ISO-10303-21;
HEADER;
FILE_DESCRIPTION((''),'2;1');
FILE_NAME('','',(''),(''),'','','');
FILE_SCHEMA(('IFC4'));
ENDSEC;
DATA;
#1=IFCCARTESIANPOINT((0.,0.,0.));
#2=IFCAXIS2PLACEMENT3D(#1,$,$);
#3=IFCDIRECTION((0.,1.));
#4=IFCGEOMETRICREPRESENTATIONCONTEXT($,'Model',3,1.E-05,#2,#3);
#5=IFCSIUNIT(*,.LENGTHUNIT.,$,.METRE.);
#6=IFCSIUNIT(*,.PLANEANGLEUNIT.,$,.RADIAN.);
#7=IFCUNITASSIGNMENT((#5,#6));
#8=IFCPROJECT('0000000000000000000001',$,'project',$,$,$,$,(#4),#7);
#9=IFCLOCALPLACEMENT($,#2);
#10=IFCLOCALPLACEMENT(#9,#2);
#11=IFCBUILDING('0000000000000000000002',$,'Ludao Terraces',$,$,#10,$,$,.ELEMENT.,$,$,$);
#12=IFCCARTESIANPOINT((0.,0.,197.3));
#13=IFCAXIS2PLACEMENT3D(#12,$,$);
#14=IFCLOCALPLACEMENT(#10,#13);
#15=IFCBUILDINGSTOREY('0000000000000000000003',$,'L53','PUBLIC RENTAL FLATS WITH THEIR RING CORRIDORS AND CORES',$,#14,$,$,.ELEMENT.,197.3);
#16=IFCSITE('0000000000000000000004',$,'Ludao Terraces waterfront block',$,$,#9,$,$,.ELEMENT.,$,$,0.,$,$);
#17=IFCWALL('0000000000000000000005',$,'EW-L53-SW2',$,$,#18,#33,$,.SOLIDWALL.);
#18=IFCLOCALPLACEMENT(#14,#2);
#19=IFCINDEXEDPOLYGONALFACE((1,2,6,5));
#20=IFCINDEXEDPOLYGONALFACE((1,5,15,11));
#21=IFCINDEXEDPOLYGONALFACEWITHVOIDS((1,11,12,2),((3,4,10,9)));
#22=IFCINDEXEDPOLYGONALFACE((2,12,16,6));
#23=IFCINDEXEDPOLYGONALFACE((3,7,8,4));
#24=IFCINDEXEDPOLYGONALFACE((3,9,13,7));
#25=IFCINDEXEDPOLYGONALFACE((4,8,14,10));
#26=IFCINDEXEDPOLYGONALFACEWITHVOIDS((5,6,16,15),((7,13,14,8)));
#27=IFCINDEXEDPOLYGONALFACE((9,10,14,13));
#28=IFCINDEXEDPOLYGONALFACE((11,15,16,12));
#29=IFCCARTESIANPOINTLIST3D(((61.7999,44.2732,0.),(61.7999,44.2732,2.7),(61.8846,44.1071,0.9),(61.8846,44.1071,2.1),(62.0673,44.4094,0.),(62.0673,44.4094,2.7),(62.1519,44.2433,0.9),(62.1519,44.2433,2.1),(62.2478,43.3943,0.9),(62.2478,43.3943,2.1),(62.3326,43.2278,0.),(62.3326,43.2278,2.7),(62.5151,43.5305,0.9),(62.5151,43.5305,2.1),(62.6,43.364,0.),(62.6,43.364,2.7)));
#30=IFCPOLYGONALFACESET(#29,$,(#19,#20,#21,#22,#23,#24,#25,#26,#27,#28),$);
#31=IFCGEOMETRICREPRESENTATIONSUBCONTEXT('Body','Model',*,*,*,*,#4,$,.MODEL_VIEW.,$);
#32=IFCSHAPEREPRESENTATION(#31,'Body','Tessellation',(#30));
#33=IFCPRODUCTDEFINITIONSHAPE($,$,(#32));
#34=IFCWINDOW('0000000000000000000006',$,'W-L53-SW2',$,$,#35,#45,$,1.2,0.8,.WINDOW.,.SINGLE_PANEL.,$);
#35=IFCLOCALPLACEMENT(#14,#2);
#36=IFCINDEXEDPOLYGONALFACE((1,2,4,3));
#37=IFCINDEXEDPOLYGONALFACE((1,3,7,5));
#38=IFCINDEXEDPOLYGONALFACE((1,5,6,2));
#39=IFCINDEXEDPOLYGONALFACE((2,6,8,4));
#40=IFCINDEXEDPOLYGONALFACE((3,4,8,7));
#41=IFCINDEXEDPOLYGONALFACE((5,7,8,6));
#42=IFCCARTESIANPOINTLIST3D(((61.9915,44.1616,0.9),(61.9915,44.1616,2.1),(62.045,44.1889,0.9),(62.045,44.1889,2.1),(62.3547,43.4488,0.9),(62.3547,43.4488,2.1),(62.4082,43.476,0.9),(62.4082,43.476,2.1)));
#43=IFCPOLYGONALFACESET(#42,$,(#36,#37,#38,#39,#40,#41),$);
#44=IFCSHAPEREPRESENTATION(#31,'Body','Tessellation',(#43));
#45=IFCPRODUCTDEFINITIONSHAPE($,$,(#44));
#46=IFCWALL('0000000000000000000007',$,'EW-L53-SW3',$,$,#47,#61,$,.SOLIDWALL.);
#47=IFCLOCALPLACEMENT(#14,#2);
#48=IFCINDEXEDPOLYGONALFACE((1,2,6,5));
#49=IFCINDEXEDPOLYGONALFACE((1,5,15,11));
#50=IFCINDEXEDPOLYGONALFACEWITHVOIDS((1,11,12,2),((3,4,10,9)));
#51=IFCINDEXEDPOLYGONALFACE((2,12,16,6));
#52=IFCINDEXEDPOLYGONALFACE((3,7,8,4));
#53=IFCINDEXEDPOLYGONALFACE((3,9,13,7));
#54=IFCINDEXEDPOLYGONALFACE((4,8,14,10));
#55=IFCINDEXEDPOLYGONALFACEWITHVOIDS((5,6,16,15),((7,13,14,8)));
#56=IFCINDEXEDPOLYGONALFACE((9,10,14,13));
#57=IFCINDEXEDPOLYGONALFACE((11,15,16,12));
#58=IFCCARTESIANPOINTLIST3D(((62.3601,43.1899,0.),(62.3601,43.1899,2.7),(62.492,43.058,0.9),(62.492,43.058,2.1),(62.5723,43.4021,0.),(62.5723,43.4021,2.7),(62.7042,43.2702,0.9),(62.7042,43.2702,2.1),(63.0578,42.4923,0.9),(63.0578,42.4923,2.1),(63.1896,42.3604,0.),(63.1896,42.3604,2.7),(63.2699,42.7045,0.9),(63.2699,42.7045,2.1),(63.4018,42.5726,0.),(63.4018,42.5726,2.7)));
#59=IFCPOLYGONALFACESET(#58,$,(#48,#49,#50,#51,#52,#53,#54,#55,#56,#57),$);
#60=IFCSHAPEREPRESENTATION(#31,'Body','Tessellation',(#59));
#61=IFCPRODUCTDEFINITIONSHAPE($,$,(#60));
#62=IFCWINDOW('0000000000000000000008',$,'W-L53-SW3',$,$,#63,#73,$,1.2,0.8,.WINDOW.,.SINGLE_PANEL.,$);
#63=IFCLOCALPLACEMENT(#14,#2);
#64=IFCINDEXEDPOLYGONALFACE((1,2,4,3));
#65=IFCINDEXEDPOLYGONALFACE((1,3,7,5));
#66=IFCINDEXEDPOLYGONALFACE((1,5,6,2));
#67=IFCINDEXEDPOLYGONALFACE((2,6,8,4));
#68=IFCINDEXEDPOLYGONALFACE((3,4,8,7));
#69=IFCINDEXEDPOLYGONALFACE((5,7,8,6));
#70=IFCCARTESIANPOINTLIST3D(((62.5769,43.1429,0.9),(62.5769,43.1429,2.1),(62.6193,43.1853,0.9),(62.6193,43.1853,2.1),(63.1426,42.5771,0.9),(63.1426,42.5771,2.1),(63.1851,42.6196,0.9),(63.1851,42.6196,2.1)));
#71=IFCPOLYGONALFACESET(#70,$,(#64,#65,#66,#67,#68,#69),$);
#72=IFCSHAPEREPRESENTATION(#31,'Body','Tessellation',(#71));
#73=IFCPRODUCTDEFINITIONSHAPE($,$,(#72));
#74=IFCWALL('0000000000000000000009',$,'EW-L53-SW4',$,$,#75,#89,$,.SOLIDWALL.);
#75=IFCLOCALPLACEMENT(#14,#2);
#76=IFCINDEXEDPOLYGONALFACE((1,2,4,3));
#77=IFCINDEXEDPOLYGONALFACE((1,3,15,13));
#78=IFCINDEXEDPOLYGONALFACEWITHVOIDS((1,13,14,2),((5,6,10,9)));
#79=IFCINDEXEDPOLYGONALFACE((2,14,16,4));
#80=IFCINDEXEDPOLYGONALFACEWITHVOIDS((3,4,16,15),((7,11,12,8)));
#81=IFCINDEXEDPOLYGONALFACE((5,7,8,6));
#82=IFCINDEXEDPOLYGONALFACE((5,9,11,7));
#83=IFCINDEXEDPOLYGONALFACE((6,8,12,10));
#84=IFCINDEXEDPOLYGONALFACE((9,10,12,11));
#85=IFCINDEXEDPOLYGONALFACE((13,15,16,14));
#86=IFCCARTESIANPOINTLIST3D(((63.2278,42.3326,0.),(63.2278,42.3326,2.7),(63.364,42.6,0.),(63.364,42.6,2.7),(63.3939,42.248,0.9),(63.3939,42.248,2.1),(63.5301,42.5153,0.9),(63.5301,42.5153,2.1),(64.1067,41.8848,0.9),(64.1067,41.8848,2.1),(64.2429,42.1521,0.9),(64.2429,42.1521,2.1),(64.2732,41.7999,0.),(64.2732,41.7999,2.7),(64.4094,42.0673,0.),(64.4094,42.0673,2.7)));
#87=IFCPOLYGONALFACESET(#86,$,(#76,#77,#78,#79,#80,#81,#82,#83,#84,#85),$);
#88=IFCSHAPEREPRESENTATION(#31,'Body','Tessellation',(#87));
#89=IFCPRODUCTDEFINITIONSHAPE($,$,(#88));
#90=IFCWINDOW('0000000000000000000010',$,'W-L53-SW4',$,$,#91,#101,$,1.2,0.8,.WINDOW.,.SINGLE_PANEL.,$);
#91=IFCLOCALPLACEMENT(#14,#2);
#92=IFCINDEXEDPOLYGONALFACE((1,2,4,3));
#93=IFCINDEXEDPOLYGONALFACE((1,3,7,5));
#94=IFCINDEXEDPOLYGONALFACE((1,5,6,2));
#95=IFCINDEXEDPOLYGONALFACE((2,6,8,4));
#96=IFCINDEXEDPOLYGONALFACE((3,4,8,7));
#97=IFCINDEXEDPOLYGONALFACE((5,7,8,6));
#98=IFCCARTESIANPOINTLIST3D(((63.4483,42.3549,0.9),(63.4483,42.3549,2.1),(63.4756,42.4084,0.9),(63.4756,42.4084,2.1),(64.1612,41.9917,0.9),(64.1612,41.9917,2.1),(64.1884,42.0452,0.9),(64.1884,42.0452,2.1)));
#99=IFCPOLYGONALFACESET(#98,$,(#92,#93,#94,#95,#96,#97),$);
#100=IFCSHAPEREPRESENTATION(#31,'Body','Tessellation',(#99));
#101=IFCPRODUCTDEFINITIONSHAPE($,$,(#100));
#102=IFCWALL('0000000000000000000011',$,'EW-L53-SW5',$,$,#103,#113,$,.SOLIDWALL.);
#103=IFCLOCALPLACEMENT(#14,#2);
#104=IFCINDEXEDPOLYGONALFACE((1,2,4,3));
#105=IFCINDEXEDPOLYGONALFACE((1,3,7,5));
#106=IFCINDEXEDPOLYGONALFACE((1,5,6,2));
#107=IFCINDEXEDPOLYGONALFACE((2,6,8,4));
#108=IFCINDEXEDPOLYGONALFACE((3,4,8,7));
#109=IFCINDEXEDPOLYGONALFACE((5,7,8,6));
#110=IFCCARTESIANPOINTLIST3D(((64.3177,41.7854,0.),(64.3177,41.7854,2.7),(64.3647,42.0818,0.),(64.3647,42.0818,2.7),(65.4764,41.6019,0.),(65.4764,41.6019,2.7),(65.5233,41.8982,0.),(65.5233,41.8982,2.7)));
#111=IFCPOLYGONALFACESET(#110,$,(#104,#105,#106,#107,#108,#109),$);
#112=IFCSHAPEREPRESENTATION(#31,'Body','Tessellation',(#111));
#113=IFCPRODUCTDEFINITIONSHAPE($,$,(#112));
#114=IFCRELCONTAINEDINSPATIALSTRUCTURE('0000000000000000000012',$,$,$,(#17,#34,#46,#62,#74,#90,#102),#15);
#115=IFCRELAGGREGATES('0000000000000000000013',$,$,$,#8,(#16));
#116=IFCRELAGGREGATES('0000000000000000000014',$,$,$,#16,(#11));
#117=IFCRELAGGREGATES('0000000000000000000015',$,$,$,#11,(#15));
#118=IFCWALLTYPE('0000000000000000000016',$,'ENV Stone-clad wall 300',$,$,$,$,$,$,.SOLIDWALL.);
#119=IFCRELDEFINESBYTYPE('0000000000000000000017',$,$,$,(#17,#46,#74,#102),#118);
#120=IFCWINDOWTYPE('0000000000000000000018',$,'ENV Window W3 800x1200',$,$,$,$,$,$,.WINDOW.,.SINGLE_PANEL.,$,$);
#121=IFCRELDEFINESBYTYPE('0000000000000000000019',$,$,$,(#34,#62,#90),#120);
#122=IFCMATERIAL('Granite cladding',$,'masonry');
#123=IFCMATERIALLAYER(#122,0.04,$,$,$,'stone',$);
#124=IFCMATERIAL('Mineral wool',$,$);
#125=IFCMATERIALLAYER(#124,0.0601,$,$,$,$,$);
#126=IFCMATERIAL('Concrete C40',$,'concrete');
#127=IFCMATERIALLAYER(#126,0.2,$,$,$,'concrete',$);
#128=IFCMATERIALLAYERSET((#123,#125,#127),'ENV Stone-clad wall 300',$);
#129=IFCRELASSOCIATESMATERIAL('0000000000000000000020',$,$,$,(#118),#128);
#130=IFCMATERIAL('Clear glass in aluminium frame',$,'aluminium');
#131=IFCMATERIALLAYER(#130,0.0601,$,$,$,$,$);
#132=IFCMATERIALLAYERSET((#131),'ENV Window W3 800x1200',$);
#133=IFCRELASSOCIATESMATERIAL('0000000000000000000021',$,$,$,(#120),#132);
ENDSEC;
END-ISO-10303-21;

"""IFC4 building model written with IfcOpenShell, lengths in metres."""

from ifc_helpers import new_model, si_unit, direction, frame, frame_2d, origin, place, context, subcontext, project, spatial, rectangle, extrude, material, layer, layer_set, type_object, element, fill, save


model = new_model("IFC4")

# Units and contexts
model_context = context("Model", 3, precision=1e-05, world=origin(), true_north=direction((0.0, 1.0)))
body_context = subcontext(model_context, "Body", "Model", "MODEL_VIEW")
ifc_project = project(units=[si_unit("LENGTHUNIT", "METRE"), si_unit("PLANEANGLEUNIT", "RADIAN")], contexts=[model_context])

# Site, building, storey
site_placement = place(None, origin())
site = spatial("IfcSite", under=ifc_project, at=site_placement, Name="Ludao Terraces waterfront block", CompositionType="ELEMENT", RefElevation=0.0)
building_placement = place(site_placement, origin())
building = spatial("IfcBuilding", under=site, at=building_placement, Name="Ludao Terraces", CompositionType="ELEMENT")
storey_placement = place(building_placement, frame((0.0, 0.0, 197.3)))
storey = spatial("IfcBuildingStorey", under=building, at=storey_placement, Name="L53", Description="PUBLIC RENTAL FLATS WITH THEIR RING CORRIDORS AND CORES", CompositionType="ELEMENT", Elevation=197.3)

# Shared definitions
ifc_material_1 = material(Name="Concrete C40", Category="concrete")

# Shared definitions
ifc_material_2 = material(Name="Granite cladding", Category="masonry")
ifc_layer_1 = layer(ifc_material_2, 0.04, Category="stone")
ifc_material_3 = material(Name="Mineral wool")
ifc_layer_2 = layer(ifc_material_3, 0.0601)
ifc_layer_3 = layer(ifc_material_1, 0.2, Category="concrete")
ifc_layer_set_1 = layer_set([ifc_layer_1, ifc_layer_2, ifc_layer_3], Name="ENV Stone-clad wall 300")
wall_type = type_object("IfcWallType", Name="ENV Stone-clad wall 300", PredefinedType="SOLIDWALL", material=ifc_layer_set_1)
ifc_material_4 = material(Name="Clear glass in aluminium frame", Category="aluminium")

# Walls, openings, windows
wall_1_placement = place(storey_placement, frame((61.9336, 44.3413, 0.0), z_axis=(0.0, 0.0, 1.0), x_axis=(0.454026, -0.890989, 0.0)))
wall_1 = element("IfcWall", 1, at=wall_1_placement, inside=storey, type_object=wall_type, Name="EW-L53-SW2", PredefinedType="SOLIDWALL", context=body_context, shape_type="SweptSolid", body=[
    extrude(rectangle(XDim=1.1733, YDim=0.3, at=frame_2d((0.5867, 0.0))), origin(), (0.0, 0.0, 1.0), 2.7),
])
opening_1_placement = place(wall_1_placement, frame((0.1865, 0.0, 0.8999)))
opening_1 = element("IfcOpeningElement", 2, at=opening_1_placement, cuts=wall_1, PredefinedType="OPENING", context=body_context, shape_type="SweptSolid", body=[
    extrude(rectangle(XDim=0.8, YDim=1.2, at=frame_2d((0.3999, 0.6001))), frame((0.0, 0.1602, 0.0), z_axis=(0.0, -1.0, 0.0), x_axis=(1.0, 0.0, 0.0)), (0.0, 0.0, 1.0), 0.3201),
])
ifc_layer_4 = layer(ifc_material_4, 0.0601)
ifc_layer_set_2 = layer_set([ifc_layer_4], Name="ENV Window W3 800x1200")
window_type_1 = type_object("IfcWindowType", Name="ENV Window W3 800x1200", PartitioningType="SINGLE_PANEL", PredefinedType="WINDOW", material=ifc_layer_set_2)
window_1_placement = place(opening_1_placement, origin())
window_1 = element("IfcWindow", 3, at=window_1_placement, inside=storey, type_object=window_type_1, Name="W-L53-SW2", OverallHeight=1.2, OverallWidth=0.8, PartitioningType="SINGLE_PANEL", PredefinedType="WINDOW", context=body_context, shape_type="SweptSolid", body=[
    extrude(rectangle(XDim=0.8, YDim=1.2, at=frame_2d((0.3999, 0.6001))), frame((0.0, 0.03, 0.0), z_axis=(0.0, -1.0, 0.0), x_axis=(1.0, 0.0, 0.0)), (0.0, 0.0, 1.0), 0.0601),
])
fill(opening_1, window_1)
wall_2_placement = place(storey_placement, frame((62.4663, 43.2959, 0.0), z_axis=(0.0, 0.0, 1.0), x_axis=(0.707107, -0.707107, 0.0)))
wall_2 = element("IfcWall", 4, at=wall_2_placement, inside=storey, type_object=wall_type, Name="EW-L53-SW3", PredefinedType="SOLIDWALL", context=body_context, shape_type="SweptSolid", body=[
    extrude(rectangle(XDim=1.1731, YDim=0.3, at=frame_2d((0.5864, 0.0))), origin(), (0.0, 0.0, 1.0), 2.7),
])
opening_2_placement = place(wall_2_placement, frame((0.1865, 0.0, 0.8999)))
opening_2 = element("IfcOpeningElement", 5, at=opening_2_placement, cuts=wall_2, PredefinedType="OPENING", context=body_context, shape_type="SweptSolid", body=[
    extrude(rectangle(XDim=0.8, YDim=1.2, at=frame_2d((0.3999, 0.6001))), frame((0.0, 0.1602, 0.0), z_axis=(0.0, -1.0, 0.0), x_axis=(1.0, 0.0, 0.0)), (0.0, 0.0, 1.0), 0.3201),
])
window_2_placement = place(opening_2_placement, origin())
window_2 = element("IfcWindow", 6, at=window_2_placement, inside=storey, type_object=window_type_1, Name="W-L53-SW3", OverallHeight=1.2, OverallWidth=0.8, PartitioningType="SINGLE_PANEL", PredefinedType="WINDOW", context=body_context, shape_type="SweptSolid", body=[
    extrude(rectangle(XDim=0.8, YDim=1.2, at=frame_2d((0.3999, 0.6001))), frame((0.0, 0.03, 0.0), z_axis=(0.0, -1.0, 0.0), x_axis=(1.0, 0.0, 0.0)), (0.0, 0.0, 1.0), 0.0601),
])
fill(opening_2, window_2)
wall_3_placement = place(storey_placement, frame((63.2959, 42.4663, 0.0), z_axis=(0.0, 0.0, 1.0), x_axis=(0.890989, -0.454026, 0.0)))
wall_3 = element("IfcWall", 7, at=wall_3_placement, inside=storey, type_object=wall_type, Name="EW-L53-SW4", PredefinedType="SOLIDWALL", context=body_context, shape_type="SweptSolid", body=[
    extrude(rectangle(XDim=1.1733, YDim=0.3, at=frame_2d((0.5867, 0.0))), origin(), (0.0, 0.0, 1.0), 2.7),
])
opening_3_placement = place(wall_3_placement, frame((0.1865, 0.0, 0.8999)))
opening_3 = element("IfcOpeningElement", 8, at=opening_3_placement, cuts=wall_3, PredefinedType="OPENING", context=body_context, shape_type="SweptSolid", body=[
    extrude(rectangle(XDim=0.8, YDim=1.2, at=frame_2d((0.3999, 0.6001))), frame((0.0, 0.1602, 0.0), z_axis=(0.0, -1.0, 0.0), x_axis=(1.0, 0.0, 0.0)), (0.0, 0.0, 1.0), 0.3201),
])
window_3_placement = place(opening_3_placement, origin())
window_3 = element("IfcWindow", 9, at=window_3_placement, inside=storey, type_object=window_type_1, Name="W-L53-SW4", OverallHeight=1.2, OverallWidth=0.8, PartitioningType="SINGLE_PANEL", PredefinedType="WINDOW", context=body_context, shape_type="SweptSolid", body=[
    extrude(rectangle(XDim=0.8, YDim=1.2, at=frame_2d((0.3999, 0.6001))), frame((0.0, 0.03, 0.0), z_axis=(0.0, -1.0, 0.0), x_axis=(1.0, 0.0, 0.0)), (0.0, 0.0, 1.0), 0.0601),
])
fill(opening_3, window_3)

# Wall
wall_4_placement = place(storey_placement, frame((64.3413, 41.9336, 0.0), z_axis=(0.0, 0.0, 1.0), x_axis=(0.987678, -0.156497, 0.0)))
element("IfcWall", 10, at=wall_4_placement, inside=storey, type_object=wall_type, Name="EW-L53-SW5", PredefinedType="SOLIDWALL", context=body_context, shape_type="SweptSolid", body=[
    extrude(rectangle(XDim=1.1731, YDim=0.3, at=frame_2d((0.5864, 0.0))), origin(), (0.0, 0.0, 1.0), 2.7),
])

save(model, "model.ifc")
